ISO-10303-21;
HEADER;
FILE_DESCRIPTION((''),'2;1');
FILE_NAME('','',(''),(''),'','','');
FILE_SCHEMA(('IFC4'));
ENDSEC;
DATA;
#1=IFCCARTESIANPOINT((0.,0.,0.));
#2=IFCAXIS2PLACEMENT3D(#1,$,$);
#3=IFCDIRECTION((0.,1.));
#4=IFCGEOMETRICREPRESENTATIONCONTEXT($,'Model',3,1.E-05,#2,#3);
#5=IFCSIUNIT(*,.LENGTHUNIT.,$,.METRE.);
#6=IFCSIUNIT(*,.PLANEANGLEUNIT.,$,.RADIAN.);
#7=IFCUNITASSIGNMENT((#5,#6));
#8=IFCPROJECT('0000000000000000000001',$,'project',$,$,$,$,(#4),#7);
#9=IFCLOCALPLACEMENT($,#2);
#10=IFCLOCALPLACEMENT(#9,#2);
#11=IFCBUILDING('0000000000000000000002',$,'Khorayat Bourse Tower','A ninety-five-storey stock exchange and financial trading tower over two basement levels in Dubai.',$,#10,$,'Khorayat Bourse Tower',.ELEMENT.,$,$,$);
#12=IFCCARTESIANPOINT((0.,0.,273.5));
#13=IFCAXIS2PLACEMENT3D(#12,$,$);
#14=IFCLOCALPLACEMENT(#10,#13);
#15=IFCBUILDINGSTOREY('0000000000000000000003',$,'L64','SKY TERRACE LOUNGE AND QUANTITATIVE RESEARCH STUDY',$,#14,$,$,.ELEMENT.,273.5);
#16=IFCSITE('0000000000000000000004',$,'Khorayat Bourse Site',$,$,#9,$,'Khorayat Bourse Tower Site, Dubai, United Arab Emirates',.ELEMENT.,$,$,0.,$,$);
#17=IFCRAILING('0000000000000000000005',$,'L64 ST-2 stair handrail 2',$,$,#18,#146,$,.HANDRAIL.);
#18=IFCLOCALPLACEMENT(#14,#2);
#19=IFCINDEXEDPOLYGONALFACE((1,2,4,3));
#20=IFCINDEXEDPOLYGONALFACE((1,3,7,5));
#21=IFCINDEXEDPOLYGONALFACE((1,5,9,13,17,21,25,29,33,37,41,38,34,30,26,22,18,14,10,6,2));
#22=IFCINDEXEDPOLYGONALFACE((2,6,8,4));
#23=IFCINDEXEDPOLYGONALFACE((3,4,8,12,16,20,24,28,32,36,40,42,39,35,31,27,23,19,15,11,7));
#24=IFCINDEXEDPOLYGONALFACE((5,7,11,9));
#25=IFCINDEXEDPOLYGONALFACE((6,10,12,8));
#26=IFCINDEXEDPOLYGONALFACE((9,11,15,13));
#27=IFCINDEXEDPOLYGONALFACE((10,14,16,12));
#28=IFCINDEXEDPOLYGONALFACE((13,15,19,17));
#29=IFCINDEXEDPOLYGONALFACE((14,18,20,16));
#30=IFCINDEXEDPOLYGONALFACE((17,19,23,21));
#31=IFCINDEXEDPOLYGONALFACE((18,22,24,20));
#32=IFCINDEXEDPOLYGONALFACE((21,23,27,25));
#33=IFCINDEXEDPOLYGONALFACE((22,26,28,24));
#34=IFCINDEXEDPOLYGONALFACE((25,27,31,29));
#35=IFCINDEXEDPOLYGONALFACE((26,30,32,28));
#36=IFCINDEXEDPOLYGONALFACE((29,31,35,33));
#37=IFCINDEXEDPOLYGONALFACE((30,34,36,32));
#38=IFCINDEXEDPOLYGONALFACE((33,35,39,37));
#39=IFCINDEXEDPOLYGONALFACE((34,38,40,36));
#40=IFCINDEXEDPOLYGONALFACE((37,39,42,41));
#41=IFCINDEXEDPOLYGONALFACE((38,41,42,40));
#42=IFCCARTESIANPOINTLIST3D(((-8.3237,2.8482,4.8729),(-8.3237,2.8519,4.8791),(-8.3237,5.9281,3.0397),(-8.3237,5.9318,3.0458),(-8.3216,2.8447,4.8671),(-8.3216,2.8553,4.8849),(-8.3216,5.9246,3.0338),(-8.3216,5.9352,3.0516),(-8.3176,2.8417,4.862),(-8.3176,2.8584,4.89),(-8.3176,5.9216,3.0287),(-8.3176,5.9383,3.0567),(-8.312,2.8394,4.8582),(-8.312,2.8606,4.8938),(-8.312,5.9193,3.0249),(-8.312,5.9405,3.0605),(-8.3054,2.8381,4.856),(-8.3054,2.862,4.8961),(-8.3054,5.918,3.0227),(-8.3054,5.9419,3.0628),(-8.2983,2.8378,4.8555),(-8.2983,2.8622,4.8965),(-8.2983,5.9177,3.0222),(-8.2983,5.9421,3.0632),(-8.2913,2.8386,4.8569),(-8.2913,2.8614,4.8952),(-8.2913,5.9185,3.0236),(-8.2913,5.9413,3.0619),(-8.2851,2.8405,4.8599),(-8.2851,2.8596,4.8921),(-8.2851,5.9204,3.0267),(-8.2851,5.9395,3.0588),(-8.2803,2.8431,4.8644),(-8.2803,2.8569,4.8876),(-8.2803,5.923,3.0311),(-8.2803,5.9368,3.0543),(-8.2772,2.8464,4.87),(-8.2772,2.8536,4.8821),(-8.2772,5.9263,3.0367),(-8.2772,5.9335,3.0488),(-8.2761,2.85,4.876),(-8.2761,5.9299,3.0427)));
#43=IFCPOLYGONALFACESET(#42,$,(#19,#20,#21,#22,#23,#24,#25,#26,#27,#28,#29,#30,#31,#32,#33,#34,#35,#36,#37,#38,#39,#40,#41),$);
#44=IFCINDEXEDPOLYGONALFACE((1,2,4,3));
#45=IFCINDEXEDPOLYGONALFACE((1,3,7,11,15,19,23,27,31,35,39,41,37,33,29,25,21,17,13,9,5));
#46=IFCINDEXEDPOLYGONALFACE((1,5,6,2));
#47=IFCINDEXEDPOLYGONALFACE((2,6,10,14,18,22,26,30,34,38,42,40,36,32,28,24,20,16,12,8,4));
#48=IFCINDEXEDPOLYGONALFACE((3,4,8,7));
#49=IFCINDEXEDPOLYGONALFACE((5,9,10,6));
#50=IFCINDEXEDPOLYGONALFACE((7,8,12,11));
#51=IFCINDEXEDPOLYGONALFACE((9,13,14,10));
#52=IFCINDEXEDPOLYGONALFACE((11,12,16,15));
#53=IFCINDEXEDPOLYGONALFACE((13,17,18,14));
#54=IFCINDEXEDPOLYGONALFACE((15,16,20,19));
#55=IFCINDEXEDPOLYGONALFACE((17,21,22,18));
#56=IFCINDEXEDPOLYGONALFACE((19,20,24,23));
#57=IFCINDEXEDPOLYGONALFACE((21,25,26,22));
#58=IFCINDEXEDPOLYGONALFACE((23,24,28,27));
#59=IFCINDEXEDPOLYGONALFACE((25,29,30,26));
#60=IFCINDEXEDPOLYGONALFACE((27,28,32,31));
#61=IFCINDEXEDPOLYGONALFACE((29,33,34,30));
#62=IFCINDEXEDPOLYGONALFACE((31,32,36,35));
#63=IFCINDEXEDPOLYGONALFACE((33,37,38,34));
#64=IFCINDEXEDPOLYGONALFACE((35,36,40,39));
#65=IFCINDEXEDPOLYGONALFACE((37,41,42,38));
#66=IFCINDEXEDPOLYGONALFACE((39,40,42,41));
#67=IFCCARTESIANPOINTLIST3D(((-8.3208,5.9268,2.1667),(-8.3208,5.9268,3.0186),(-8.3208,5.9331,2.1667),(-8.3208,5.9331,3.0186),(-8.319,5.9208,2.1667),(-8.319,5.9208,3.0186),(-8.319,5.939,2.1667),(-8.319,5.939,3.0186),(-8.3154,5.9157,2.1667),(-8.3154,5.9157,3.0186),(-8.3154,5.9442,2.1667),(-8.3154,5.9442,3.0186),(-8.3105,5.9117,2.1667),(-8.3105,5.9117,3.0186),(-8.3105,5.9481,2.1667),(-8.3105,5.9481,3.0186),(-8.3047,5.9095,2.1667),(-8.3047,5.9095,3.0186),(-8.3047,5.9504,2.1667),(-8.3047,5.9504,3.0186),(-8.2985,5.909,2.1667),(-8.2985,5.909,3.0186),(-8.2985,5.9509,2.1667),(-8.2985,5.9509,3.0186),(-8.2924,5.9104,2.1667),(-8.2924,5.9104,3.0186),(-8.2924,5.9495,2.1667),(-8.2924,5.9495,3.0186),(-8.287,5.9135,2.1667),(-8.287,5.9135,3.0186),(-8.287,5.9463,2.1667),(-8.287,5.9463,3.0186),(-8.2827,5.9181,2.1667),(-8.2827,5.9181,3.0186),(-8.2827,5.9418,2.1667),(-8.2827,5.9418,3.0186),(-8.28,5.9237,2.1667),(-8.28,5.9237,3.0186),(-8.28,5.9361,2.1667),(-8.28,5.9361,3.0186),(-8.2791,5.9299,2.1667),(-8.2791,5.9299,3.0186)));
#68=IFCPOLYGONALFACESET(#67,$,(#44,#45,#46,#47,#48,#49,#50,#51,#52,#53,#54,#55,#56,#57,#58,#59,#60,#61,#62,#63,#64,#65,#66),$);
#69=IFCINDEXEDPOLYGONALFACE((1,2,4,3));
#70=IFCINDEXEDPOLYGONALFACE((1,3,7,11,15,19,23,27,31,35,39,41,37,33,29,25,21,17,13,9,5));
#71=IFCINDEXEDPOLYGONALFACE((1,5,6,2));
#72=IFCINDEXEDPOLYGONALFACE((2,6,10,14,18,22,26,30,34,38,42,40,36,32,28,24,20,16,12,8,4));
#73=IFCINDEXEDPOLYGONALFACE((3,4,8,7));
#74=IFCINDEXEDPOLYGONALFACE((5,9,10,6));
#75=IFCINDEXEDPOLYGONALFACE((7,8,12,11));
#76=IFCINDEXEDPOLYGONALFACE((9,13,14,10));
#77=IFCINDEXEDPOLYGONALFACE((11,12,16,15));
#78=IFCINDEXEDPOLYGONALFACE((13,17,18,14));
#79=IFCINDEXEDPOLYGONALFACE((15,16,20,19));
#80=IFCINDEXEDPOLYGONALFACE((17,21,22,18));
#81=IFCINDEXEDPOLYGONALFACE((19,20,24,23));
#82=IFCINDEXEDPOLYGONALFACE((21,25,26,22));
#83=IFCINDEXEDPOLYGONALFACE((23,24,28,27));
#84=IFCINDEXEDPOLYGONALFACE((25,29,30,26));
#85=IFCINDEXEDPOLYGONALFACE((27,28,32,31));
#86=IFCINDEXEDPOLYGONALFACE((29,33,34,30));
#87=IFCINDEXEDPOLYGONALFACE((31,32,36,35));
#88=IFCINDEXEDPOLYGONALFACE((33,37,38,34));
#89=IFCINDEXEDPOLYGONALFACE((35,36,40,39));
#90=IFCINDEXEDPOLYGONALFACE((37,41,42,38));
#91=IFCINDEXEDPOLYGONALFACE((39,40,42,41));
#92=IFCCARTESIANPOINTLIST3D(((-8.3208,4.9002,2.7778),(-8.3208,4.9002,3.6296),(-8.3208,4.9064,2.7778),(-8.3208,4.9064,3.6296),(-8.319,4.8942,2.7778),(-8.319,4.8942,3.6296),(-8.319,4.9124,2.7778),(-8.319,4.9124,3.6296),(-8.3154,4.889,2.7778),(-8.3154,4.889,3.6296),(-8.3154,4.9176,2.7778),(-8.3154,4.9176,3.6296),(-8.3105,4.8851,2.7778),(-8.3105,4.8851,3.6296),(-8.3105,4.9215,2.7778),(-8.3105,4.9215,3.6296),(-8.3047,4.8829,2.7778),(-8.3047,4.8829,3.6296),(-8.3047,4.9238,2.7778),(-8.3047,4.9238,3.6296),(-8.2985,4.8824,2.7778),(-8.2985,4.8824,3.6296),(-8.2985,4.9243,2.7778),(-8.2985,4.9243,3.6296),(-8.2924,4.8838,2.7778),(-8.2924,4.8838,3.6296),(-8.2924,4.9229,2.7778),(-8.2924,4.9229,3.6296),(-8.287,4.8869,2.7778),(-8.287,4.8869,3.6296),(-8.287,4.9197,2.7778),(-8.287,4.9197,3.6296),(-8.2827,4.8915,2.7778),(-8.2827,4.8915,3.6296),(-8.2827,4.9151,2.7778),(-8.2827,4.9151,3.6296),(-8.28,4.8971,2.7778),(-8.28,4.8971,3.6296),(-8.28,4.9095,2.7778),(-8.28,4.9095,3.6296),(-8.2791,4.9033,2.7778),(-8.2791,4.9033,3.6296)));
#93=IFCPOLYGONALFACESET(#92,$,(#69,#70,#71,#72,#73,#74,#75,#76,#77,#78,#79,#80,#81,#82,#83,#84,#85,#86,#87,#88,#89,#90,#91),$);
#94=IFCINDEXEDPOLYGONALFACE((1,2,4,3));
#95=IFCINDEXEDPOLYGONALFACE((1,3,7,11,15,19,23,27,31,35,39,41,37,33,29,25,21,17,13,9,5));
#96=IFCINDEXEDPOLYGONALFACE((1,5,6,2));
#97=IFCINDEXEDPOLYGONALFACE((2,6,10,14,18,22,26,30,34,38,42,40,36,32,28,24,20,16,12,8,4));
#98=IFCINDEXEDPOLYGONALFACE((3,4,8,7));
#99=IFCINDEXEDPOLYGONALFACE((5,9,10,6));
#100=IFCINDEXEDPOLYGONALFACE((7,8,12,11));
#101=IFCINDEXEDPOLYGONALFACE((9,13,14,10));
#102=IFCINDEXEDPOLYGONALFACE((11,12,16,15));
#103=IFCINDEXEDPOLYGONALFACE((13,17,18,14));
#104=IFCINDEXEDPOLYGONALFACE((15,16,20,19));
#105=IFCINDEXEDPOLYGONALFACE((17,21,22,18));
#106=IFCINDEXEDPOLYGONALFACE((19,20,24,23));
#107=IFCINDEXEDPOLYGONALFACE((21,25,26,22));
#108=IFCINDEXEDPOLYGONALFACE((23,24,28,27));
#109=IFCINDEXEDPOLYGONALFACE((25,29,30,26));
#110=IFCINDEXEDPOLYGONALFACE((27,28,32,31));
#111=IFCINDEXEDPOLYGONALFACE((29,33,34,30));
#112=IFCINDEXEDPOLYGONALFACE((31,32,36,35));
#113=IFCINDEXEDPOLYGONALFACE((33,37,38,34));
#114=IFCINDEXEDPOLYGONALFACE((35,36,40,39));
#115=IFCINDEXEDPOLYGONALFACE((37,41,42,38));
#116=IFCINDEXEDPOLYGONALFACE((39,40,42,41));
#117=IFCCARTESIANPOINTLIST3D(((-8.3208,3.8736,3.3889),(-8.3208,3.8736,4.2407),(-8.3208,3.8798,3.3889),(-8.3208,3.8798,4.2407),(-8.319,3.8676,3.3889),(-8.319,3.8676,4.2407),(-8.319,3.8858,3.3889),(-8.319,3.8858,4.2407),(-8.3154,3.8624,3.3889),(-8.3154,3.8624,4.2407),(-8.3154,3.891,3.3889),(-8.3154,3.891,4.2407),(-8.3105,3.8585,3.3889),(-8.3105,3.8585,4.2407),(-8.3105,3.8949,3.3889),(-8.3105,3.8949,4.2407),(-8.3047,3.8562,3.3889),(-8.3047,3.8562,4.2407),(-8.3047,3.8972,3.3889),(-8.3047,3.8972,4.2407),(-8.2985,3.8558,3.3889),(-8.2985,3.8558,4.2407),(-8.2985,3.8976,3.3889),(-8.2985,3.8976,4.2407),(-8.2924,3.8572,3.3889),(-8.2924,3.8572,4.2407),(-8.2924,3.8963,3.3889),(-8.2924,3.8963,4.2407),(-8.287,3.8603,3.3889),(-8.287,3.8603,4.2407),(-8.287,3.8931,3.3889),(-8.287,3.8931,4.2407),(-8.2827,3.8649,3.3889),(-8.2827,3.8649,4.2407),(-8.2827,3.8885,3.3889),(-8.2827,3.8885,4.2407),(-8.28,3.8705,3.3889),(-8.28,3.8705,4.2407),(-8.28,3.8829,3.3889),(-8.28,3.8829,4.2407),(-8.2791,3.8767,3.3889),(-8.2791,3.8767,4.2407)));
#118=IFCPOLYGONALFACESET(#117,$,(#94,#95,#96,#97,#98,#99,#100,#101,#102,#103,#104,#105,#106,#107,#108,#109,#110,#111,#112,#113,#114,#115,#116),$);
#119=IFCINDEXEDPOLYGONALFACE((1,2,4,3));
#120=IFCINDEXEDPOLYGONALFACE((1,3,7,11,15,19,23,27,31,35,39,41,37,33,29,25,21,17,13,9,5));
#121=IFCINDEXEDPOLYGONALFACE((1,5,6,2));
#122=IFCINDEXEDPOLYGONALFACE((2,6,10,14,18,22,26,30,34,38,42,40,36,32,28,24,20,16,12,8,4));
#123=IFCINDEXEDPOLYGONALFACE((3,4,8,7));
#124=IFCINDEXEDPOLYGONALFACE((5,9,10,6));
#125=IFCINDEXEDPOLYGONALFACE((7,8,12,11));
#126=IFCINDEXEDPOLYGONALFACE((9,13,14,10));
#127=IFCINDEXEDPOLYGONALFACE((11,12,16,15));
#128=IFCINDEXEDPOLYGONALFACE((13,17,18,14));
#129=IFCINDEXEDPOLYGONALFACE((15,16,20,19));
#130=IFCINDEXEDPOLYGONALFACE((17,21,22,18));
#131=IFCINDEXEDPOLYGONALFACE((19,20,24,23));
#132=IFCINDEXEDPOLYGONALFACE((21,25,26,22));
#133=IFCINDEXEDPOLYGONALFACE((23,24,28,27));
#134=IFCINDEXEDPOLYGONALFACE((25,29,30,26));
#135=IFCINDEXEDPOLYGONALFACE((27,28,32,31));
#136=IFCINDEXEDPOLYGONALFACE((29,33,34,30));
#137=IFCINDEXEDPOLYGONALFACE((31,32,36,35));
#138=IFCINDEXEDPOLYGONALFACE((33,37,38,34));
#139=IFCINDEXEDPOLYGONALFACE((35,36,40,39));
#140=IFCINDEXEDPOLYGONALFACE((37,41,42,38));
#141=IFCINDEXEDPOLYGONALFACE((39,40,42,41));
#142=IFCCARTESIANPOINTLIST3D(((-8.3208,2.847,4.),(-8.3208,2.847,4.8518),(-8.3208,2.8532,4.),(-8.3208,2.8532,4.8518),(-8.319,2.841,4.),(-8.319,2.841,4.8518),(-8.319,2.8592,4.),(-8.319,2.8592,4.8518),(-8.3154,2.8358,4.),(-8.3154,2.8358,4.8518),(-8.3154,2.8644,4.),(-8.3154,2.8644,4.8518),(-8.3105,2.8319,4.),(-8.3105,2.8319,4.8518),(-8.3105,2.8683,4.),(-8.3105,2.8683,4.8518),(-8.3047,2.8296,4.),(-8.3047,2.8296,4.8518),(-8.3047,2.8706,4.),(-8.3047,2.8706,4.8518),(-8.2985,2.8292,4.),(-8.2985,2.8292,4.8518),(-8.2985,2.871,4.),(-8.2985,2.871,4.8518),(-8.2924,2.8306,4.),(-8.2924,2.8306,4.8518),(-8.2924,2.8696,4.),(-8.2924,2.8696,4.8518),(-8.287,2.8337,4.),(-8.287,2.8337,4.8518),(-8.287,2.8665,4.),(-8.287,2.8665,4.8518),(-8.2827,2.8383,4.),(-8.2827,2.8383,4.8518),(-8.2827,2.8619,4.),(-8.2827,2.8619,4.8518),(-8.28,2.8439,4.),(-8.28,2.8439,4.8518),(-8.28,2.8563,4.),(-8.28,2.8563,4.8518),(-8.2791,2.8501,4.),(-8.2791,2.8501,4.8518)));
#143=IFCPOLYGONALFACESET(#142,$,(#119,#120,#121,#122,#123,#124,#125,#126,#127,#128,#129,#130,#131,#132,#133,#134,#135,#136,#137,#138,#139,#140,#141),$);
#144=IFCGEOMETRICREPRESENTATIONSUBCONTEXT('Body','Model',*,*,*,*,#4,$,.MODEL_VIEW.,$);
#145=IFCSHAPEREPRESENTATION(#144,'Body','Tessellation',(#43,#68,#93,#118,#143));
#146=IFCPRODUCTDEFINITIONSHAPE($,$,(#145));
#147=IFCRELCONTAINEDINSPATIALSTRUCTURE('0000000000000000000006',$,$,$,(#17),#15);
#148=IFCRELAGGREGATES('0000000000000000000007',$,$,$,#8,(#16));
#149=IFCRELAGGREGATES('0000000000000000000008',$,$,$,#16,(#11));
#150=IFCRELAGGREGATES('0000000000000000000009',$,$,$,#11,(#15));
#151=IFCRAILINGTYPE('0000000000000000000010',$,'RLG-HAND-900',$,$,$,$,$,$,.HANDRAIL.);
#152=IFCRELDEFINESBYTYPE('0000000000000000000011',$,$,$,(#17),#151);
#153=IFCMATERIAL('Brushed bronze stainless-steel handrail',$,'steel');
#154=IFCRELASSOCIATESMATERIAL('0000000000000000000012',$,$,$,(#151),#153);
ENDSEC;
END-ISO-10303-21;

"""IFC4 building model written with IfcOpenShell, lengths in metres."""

from ifc_helpers import new_model, si_unit, direction, frame, origin, origin_2d, place, context, subcontext, project, spatial, circle, extrude, source, transform, mapped, material, type_object, element, save


model = new_model("IFC4")

# Units and contexts
model_context = context("Model", 3, precision=1e-05, world=origin(), true_north=direction((0.0, 1.0)))
body_context = subcontext(model_context, "Body", "Model", "MODEL_VIEW")
ifc_project = project(units=[si_unit("LENGTHUNIT", "METRE"), si_unit("PLANEANGLEUNIT", "RADIAN")], contexts=[model_context])

# Site, building, storey
site_placement = place(None, origin())
site = spatial("IfcSite", under=ifc_project, at=site_placement, Name="Khorayat Bourse Site", LongName="Khorayat Bourse Tower Site, Dubai, United Arab Emirates", CompositionType="ELEMENT", RefElevation=0.0)
building_placement = place(site_placement, origin())
building = spatial("IfcBuilding", under=site, at=building_placement, Name="Khorayat Bourse Tower", Description="A ninety-five-storey stock exchange and financial trading tower over two basement levels in Dubai.", LongName="Khorayat Bourse Tower", CompositionType="ELEMENT")
storey_placement = place(building_placement, frame((0.0, 0.0, 273.5)))
storey = spatial("IfcBuildingStorey", under=building, at=storey_placement, Name="L64", Description="SKY TERRACE LOUNGE AND QUANTITATIVE RESEARCH STUDY", CompositionType="ELEMENT", Elevation=273.5)

# Railing
ifc_material_1 = material(Name="Brushed bronze stainless-steel handrail", Category="steel")
railing_type_1 = type_object("IfcRailingType", Name="RLG-HAND-900", PredefinedType="HANDRAIL", material=ifc_material_1)
shared_shape_1 = source(origin(), body_context, "Body", "SweptSolid", [
    extrude(circle(Radius=0.0239, at=origin_2d()), frame((0.0, 0.0, 0.876), z_axis=(0.0, -0.859291, 0.511487), x_axis=(1.0, 0.0, 0.0)), (0.0, 0.0, 1.0), 3.5842),
    extrude(circle(Radius=0.021, at=origin_2d()), origin(), (0.0, 0.0, 1.0), 0.8518),
    extrude(circle(Radius=0.021, at=origin_2d()), frame((0.0, -1.0266, 0.6111)), (0.0, 0.0, 1.0), 0.8518),
    extrude(circle(Radius=0.021, at=origin_2d()), frame((0.0, -2.0532, 1.2222)), (0.0, 0.0, 1.0), 0.8518),
    extrude(circle(Radius=0.021, at=origin_2d()), frame((0.0, -3.0798, 1.8333)), (0.0, 0.0, 1.0), 0.8518),
])
railing_1_placement = place(storey_placement, frame((-8.3, 5.9299, 2.1667)))
element("IfcRailing", 1, at=railing_1_placement, inside=storey, type_object=railing_type_1, Name="L64 ST-2 stair handrail 2", PredefinedType="HANDRAIL", context=body_context, shape_type="MappedRepresentation", body=[
    mapped(shared_shape_1, transform((0.0, 0.0, 0.0), scale=1.0)),
])

save(model, "model.ifc")
